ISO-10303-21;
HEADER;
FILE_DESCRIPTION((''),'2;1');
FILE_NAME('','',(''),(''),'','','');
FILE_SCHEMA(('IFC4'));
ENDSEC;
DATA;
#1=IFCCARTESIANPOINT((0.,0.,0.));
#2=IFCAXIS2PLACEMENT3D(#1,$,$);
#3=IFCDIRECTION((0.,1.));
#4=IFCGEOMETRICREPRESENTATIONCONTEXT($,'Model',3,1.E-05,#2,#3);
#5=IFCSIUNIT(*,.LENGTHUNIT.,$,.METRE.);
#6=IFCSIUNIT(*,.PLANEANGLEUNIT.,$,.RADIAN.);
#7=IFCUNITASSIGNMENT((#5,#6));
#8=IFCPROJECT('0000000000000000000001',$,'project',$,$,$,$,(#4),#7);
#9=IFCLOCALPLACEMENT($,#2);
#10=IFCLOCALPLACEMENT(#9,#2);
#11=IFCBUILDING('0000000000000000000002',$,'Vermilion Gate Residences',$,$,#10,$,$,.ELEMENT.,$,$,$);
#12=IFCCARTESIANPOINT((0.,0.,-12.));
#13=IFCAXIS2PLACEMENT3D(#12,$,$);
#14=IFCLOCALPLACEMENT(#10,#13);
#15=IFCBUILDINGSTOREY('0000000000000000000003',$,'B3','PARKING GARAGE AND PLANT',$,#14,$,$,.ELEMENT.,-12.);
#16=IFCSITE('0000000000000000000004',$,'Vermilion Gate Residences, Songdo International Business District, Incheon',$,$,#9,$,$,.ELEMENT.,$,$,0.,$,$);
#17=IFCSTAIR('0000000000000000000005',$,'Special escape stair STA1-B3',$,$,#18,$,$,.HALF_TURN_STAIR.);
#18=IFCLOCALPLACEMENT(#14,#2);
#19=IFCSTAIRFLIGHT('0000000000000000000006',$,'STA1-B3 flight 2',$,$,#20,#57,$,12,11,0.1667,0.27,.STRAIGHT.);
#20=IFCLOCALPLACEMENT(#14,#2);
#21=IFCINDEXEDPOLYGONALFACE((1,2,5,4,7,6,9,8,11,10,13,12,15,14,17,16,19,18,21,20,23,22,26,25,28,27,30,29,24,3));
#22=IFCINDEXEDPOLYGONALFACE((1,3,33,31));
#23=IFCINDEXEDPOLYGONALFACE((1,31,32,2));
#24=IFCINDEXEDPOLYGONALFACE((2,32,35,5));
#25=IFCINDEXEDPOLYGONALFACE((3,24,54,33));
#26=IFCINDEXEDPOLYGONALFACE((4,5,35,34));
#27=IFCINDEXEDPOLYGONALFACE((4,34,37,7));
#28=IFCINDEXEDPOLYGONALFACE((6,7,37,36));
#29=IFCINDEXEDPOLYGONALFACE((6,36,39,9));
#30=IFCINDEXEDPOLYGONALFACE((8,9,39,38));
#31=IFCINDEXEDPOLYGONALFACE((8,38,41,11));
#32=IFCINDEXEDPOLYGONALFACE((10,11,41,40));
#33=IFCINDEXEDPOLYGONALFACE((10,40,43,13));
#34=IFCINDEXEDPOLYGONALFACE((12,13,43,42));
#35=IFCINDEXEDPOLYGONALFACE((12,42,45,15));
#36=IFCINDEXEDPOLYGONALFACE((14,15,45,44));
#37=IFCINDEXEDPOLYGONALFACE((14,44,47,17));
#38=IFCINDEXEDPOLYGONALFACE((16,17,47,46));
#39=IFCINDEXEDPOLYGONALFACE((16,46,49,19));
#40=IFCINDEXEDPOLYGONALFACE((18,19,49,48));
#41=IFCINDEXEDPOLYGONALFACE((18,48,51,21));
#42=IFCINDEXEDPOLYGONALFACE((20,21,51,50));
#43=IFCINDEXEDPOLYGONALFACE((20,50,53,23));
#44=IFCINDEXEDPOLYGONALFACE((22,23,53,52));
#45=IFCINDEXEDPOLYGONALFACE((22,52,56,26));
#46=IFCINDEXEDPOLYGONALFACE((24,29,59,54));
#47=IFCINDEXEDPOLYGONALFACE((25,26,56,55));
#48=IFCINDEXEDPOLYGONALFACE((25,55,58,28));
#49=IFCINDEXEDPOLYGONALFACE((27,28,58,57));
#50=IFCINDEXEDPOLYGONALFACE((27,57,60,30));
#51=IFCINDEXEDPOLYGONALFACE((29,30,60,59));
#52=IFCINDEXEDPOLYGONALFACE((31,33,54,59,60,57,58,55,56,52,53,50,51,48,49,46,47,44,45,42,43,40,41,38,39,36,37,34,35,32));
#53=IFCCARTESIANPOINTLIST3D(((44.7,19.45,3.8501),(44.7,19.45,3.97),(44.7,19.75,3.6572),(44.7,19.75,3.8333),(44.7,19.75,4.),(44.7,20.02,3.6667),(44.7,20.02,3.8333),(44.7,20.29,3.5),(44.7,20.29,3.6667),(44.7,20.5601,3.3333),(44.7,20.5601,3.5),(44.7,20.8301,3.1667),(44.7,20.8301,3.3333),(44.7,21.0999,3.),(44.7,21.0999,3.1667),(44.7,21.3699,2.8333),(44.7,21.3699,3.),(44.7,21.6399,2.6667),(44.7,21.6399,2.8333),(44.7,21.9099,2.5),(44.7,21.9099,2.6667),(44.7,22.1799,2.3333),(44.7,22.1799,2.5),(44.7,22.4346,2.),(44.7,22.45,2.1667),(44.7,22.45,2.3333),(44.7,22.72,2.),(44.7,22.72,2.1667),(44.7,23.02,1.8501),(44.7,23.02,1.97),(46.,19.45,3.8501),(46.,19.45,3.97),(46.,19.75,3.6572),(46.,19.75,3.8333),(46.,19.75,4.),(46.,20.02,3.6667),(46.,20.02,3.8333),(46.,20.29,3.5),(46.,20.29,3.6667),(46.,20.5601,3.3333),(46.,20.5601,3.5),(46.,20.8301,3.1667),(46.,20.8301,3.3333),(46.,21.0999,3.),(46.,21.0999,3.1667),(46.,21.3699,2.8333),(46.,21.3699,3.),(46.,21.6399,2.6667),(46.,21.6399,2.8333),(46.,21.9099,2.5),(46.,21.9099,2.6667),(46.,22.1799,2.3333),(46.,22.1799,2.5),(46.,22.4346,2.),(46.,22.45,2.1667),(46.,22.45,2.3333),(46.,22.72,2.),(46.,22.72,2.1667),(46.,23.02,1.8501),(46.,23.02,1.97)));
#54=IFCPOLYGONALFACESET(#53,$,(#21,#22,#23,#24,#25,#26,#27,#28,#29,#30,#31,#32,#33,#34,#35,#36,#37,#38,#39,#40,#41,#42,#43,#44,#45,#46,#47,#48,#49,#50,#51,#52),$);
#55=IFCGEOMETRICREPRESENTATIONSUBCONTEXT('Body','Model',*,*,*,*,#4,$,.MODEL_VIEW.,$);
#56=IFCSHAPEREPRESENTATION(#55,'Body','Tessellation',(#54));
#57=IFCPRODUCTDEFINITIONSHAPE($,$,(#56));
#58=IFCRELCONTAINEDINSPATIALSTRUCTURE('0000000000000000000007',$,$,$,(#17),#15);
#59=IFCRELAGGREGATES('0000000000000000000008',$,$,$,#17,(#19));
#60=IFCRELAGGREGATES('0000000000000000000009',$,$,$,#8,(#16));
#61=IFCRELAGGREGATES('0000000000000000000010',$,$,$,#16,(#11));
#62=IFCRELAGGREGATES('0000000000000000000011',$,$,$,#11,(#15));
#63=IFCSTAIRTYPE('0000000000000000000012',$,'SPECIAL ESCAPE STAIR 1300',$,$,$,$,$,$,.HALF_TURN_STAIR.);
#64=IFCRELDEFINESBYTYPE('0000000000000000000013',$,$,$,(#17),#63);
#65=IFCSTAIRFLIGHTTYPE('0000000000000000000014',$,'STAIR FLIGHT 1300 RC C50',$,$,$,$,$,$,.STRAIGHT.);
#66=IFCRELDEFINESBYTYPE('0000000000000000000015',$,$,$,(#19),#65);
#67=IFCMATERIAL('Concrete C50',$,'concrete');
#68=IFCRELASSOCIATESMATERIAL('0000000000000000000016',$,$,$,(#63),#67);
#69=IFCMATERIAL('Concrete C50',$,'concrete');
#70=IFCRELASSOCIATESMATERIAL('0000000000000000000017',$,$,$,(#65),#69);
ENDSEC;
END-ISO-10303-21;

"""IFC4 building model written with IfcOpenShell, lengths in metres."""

from ifc_helpers import new_model, si_unit, direction, frame, origin, place, context, subcontext, project, spatial, polyline, outline, extrude, material, type_object, element, aggregate, save


model = new_model("IFC4")

# Units and contexts
model_context = context("Model", 3, precision=1e-05, world=origin(), true_north=direction((0.0, 1.0)))
body_context = subcontext(model_context, "Body", "Model", "MODEL_VIEW")
ifc_project = project(units=[si_unit("LENGTHUNIT", "METRE"), si_unit("PLANEANGLEUNIT", "RADIAN")], contexts=[model_context])

# Site, building, storey
site_placement = place(None, origin())
site = spatial("IfcSite", under=ifc_project, at=site_placement, Name="Vermilion Gate Residences, Songdo International Business District, Incheon", CompositionType="ELEMENT", RefElevation=0.0)
building_placement = place(site_placement, origin())
building = spatial("IfcBuilding", under=site, at=building_placement, Name="Vermilion Gate Residences", CompositionType="ELEMENT")
storey_placement = place(building_placement, frame((0.0, 0.0, -12.0)))
storey = spatial("IfcBuildingStorey", under=building, at=storey_placement, Name="B3", Description="PARKING GARAGE AND PLANT", CompositionType="ELEMENT", Elevation=-12.0)

# Stair, stair flight
ifc_material_1 = material(Name="Concrete C50", Category="concrete")
stair_type = type_object("IfcStairType", Name="SPECIAL ESCAPE STAIR 1300", PredefinedType="HALF_TURN_STAIR", material=ifc_material_1)
stair_placement = place(storey_placement, origin())
stair = element("IfcStair", 1, at=stair_placement, inside=storey, type_object=stair_type, Name="Special escape stair STA1-B3", PredefinedType="HALF_TURN_STAIR")
ifc_material_2 = material(Name="Concrete C50", Category="concrete")
stair_flight_type = type_object("IfcStairFlightType", Name="STAIR FLIGHT 1300 RC C50", PredefinedType="STRAIGHT", material=ifc_material_2)
stair_flight_1_placement = place(storey_placement, frame((45.3501, 22.72, 2.0), z_axis=(0.0, 0.0, 1.0), x_axis=(0.0, -1.0, 0.0)))
stair_flight_1 = element("IfcStairFlight", 2, at=stair_flight_1_placement, type_object=stair_flight_type, Name="STA1-B3 flight 2", NumberOfRisers=12, NumberOfTreads=11, PredefinedType="STRAIGHT", RiserHeight=0.1667, TreadLength=0.27, context=body_context, shape_type="SweptSolid", body=[
    extrude(outline(polyline([(-0.3, -0.1499), (-0.3, -0.03), (0.0, 0.0), (0.0, 0.1667), (0.27, 0.1667), (0.27, 0.3333), (0.54, 0.3333), (0.54, 0.5), (0.8101, 0.5), (0.8101, 0.6667), (1.0801, 0.6667), (1.0801, 0.8333), (1.3501, 0.8333), (1.3501, 1.0), (1.6201, 1.0), (1.6201, 1.1667), (1.8899, 1.1667), (1.8899, 1.3333), (2.1599, 1.3333), (2.1599, 1.5), (2.4299, 1.5), (2.4299, 1.6667), (2.7, 1.6667), (2.7, 1.8333), (2.97, 1.8333), (2.97, 2.0), (3.27, 1.97), (3.27, 1.8501), (2.97, 1.6572), (0.2854, 0.0), (-0.3, -0.1499)])), frame((0.0, 0.6499, 0.0), z_axis=(0.0, -1.0, 0.0), x_axis=(1.0, 0.0, 0.0)), (0.0, 0.0, 1.0), 1.3),
])
aggregate(stair, [stair_flight_1])

save(model, "model.ifc")
